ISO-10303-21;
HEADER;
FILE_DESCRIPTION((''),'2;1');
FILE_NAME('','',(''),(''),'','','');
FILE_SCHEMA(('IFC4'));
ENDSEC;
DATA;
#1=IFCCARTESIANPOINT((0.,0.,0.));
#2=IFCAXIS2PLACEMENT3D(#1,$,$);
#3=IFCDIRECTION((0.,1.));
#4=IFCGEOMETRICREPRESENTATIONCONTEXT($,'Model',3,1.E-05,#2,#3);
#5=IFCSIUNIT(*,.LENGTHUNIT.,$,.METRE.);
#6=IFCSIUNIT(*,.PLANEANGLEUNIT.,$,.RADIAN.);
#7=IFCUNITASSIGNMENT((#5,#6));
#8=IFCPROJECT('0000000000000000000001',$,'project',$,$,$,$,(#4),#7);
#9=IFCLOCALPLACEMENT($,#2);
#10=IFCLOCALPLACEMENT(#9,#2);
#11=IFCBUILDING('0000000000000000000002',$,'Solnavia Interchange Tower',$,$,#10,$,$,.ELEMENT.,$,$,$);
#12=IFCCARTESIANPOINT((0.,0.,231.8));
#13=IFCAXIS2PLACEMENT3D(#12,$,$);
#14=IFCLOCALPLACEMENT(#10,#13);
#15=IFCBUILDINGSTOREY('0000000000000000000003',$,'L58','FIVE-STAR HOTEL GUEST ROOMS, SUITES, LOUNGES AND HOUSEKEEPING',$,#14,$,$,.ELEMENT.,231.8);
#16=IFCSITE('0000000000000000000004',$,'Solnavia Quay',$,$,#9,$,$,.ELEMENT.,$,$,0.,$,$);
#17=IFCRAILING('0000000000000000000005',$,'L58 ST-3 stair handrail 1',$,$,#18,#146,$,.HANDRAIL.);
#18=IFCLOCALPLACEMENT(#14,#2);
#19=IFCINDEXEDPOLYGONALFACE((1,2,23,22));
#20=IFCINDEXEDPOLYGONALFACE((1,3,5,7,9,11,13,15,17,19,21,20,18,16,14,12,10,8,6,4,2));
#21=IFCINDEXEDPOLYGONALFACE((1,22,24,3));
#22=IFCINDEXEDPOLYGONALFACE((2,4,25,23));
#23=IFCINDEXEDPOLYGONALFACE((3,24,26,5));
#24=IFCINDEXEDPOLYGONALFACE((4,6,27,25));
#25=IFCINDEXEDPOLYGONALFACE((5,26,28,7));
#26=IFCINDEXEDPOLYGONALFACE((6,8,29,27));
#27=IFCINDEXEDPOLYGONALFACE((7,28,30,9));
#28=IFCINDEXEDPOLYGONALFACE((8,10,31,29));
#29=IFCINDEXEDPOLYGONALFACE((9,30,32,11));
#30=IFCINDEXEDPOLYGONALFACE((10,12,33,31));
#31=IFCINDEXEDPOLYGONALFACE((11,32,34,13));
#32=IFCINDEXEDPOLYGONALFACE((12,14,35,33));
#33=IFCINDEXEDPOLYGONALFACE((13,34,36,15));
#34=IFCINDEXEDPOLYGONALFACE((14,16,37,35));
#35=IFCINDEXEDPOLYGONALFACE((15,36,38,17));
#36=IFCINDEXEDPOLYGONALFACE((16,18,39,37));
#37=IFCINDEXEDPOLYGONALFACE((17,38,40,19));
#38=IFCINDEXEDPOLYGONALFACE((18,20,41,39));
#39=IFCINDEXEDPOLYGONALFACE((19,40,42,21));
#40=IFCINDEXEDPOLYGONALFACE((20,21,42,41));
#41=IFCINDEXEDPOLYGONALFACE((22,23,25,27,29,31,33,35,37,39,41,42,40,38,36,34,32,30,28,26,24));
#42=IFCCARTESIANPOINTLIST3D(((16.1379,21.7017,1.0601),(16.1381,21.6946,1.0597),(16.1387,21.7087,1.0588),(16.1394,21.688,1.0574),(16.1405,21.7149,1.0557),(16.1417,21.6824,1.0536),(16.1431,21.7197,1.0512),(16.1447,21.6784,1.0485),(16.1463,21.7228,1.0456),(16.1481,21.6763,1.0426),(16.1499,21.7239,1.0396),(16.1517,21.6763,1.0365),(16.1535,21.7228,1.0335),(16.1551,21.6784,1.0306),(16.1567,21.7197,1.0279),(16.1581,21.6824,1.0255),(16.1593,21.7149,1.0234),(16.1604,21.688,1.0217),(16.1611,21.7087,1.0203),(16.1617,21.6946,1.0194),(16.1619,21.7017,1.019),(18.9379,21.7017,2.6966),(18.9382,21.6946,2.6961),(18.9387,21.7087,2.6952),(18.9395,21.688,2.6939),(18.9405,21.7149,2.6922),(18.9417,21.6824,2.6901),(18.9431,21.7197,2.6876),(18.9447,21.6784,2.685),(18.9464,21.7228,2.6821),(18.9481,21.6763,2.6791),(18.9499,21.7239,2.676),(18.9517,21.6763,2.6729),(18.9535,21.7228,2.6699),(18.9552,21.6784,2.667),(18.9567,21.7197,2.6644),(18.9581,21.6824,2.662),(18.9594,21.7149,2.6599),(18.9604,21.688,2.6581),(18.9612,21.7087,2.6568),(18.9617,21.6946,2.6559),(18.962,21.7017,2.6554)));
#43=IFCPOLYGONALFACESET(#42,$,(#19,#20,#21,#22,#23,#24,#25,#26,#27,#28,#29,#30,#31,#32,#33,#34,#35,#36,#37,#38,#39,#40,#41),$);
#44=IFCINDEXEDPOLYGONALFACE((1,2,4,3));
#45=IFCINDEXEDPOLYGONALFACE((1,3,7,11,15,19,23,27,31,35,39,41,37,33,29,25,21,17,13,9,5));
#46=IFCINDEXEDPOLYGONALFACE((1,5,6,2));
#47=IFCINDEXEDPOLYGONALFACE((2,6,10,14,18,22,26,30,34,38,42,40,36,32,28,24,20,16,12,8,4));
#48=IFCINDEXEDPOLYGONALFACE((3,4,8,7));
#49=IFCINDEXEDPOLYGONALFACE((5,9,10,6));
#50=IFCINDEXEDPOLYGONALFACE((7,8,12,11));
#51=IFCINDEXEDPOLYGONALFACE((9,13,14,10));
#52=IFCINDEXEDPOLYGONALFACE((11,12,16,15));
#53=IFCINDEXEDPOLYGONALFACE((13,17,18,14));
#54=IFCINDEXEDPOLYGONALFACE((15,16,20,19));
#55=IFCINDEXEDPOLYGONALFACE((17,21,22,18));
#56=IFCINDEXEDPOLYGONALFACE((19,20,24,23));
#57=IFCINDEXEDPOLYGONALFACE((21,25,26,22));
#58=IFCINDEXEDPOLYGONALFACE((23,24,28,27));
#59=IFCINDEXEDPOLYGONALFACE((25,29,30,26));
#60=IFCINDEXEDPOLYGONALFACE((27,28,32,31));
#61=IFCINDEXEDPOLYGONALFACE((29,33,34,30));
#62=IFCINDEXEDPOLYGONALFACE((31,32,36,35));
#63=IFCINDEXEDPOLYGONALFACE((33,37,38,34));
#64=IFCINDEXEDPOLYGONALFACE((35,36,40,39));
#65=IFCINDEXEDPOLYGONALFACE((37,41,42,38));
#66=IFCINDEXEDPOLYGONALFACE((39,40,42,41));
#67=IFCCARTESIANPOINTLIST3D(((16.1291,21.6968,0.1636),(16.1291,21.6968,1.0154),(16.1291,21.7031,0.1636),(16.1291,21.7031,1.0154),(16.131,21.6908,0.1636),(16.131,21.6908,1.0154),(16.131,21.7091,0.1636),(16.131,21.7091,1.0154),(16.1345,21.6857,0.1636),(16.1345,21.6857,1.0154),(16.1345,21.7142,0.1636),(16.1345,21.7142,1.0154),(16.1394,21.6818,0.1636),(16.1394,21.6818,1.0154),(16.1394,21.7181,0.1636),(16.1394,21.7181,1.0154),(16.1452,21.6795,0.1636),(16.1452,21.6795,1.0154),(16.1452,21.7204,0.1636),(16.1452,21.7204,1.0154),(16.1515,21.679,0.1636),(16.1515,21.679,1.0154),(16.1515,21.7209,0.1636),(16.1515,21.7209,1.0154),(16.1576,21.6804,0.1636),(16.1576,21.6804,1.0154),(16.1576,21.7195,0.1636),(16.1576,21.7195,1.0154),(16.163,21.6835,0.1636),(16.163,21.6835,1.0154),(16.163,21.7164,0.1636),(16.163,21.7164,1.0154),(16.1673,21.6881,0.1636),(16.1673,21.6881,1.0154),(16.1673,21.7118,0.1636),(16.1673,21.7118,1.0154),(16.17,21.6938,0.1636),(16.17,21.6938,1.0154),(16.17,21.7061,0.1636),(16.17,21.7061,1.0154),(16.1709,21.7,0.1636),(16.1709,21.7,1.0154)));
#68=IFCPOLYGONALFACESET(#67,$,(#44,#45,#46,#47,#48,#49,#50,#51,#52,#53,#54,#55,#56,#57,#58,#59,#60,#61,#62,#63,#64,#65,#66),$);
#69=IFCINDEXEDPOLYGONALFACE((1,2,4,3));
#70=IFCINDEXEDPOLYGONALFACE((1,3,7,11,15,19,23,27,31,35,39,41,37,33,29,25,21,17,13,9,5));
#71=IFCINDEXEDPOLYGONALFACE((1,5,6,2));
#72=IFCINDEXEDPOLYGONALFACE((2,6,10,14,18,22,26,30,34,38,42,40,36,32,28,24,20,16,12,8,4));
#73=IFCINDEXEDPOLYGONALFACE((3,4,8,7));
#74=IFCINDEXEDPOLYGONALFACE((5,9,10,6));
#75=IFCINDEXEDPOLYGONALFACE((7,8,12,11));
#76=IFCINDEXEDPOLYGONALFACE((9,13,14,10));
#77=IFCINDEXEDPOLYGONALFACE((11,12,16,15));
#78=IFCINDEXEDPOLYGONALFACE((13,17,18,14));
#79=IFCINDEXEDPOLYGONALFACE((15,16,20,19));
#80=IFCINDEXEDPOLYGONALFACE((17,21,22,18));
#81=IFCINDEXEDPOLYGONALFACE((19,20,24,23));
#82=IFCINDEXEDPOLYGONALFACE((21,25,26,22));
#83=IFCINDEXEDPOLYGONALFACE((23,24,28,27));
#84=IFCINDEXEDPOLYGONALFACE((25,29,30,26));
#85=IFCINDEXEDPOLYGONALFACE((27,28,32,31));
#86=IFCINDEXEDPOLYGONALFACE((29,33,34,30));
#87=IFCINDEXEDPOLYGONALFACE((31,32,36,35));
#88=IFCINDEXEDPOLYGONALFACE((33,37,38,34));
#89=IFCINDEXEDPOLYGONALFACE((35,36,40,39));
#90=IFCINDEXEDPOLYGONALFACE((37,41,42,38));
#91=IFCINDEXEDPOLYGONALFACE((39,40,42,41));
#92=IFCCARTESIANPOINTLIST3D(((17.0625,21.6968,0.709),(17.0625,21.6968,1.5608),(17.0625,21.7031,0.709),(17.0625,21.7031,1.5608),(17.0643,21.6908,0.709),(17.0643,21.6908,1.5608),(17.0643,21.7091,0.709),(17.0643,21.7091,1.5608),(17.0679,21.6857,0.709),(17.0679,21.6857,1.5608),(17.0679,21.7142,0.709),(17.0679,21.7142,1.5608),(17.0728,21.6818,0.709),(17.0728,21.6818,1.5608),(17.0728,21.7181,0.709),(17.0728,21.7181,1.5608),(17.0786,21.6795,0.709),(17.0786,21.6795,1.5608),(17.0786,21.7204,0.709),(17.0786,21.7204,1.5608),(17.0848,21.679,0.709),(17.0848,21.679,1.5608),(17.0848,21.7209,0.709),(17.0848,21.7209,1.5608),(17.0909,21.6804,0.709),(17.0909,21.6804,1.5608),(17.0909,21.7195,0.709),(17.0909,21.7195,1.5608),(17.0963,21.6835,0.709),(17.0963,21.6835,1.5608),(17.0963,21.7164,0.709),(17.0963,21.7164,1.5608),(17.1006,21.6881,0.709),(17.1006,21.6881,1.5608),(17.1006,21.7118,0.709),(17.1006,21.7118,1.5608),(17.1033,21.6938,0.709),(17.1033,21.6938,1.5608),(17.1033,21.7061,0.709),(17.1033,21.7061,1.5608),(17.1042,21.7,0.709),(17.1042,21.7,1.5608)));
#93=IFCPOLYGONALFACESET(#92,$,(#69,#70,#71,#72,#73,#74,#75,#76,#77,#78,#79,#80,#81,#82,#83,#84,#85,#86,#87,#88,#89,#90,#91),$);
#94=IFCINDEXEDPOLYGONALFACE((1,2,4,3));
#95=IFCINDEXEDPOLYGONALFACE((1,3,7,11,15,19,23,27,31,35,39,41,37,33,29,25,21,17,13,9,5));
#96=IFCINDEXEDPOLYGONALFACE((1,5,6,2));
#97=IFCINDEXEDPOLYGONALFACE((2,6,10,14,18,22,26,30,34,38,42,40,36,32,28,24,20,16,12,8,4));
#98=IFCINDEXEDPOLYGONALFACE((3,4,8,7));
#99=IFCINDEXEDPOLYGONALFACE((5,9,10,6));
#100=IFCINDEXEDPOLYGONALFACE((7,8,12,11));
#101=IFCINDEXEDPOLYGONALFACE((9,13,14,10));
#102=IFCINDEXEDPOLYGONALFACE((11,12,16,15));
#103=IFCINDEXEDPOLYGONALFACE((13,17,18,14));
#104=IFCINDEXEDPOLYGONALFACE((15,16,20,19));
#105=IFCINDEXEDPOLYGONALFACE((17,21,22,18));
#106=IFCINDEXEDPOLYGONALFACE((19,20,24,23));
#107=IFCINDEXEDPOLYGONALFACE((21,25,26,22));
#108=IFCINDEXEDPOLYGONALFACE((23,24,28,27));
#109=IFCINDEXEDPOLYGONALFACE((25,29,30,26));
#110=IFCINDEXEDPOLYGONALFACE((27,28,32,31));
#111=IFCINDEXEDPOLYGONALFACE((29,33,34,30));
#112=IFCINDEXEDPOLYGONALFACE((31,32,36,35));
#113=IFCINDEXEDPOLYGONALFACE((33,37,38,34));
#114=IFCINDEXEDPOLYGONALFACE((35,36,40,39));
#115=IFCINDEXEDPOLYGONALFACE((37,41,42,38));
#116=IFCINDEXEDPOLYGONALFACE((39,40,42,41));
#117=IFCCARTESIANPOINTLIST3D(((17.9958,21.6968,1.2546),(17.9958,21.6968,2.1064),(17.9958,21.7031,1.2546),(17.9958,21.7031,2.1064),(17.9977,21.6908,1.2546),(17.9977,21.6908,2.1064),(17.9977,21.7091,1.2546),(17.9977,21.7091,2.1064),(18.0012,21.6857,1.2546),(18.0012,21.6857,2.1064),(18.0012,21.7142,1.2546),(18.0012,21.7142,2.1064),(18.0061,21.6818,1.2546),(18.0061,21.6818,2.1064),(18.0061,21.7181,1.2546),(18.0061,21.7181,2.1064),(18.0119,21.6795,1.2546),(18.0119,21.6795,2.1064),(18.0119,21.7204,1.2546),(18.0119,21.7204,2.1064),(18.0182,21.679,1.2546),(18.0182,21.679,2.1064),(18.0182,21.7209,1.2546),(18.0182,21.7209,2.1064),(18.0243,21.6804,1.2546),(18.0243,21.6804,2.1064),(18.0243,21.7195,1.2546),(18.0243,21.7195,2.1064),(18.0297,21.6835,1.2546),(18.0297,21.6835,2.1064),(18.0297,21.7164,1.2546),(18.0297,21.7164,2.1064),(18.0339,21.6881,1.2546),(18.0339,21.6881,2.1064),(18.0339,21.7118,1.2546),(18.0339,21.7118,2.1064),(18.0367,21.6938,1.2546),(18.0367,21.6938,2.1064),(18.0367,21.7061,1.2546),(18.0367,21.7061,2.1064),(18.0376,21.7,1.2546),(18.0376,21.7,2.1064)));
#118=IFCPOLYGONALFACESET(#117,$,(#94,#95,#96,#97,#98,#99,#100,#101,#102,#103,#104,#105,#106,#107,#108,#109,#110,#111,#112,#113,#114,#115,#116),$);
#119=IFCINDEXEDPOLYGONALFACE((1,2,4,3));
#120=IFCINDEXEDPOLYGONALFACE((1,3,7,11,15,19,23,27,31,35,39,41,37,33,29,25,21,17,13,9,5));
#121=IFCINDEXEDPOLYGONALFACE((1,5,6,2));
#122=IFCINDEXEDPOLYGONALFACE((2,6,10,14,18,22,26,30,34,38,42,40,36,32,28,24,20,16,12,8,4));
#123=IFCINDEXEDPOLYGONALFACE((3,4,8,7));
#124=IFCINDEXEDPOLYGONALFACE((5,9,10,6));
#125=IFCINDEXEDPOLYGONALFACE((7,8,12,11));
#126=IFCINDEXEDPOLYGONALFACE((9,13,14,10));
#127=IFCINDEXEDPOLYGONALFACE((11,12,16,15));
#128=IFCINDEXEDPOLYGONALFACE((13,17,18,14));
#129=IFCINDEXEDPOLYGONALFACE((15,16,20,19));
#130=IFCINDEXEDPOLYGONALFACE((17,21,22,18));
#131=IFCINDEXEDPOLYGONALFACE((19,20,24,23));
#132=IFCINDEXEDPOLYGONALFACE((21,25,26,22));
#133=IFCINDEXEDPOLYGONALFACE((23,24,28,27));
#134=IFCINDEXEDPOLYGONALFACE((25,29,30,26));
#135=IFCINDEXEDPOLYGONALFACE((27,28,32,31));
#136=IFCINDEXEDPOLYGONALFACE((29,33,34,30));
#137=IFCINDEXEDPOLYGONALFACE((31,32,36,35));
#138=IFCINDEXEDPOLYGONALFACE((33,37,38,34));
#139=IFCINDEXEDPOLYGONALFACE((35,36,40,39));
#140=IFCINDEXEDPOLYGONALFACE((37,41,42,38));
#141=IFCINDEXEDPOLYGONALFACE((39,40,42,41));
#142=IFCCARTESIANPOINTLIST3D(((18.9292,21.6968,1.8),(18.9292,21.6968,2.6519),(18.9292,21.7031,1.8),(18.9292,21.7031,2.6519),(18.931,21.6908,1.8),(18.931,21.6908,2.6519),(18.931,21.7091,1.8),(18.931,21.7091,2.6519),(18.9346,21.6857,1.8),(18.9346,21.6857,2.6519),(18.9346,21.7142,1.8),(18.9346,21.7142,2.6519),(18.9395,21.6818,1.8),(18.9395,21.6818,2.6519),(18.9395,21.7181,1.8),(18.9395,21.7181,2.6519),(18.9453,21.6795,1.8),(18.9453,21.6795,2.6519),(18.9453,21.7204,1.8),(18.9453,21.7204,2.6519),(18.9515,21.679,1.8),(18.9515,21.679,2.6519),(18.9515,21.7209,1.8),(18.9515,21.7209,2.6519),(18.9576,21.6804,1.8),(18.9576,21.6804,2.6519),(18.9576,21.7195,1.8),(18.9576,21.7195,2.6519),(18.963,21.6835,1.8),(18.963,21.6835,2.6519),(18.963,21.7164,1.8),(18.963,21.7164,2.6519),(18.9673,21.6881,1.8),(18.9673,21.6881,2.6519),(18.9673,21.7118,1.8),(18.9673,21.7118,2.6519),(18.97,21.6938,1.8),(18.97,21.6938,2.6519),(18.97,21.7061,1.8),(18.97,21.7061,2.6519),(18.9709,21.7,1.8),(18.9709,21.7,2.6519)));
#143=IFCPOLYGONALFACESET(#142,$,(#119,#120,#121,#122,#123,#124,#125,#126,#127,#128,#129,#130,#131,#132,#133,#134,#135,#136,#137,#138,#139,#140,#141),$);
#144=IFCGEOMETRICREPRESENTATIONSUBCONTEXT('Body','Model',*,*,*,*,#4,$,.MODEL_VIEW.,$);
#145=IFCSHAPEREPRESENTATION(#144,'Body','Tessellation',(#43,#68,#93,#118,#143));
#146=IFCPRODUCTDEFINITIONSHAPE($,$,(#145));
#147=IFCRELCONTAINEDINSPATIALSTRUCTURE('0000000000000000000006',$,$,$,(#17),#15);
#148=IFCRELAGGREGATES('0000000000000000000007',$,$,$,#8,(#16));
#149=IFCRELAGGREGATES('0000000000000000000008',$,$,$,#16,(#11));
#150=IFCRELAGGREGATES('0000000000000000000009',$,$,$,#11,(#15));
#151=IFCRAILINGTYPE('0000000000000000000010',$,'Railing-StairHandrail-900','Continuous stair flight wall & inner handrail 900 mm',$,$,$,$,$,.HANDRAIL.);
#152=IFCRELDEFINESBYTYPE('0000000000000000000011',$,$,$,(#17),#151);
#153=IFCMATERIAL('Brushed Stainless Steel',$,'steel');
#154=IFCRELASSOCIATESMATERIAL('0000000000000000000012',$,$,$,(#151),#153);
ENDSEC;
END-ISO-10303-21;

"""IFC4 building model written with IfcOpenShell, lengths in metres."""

from ifc_helpers import new_model, si_unit, direction, frame, origin, origin_2d, place, context, subcontext, project, spatial, circle, extrude, material, type_object, element, save


model = new_model("IFC4")

# Units and contexts
model_context = context("Model", 3, precision=1e-05, world=origin(), true_north=direction((0.0, 1.0)))
body_context = subcontext(model_context, "Body", "Model", "MODEL_VIEW")
ifc_project = project(units=[si_unit("LENGTHUNIT", "METRE"), si_unit("PLANEANGLEUNIT", "RADIAN")], contexts=[model_context])

# Site, building, storey
site_placement = place(None, origin())
site = spatial("IfcSite", under=ifc_project, at=site_placement, Name="Solnavia Quay", CompositionType="ELEMENT", RefElevation=0.0)
building_placement = place(site_placement, origin())
building = spatial("IfcBuilding", under=site, at=building_placement, Name="Solnavia Interchange Tower", CompositionType="ELEMENT")
storey_placement = place(building_placement, frame((0.0, 0.0, 231.8)))
storey = spatial("IfcBuildingStorey", under=building, at=storey_placement, Name="L58", Description="FIVE-STAR HOTEL GUEST ROOMS, SUITES, LOUNGES AND HOUSEKEEPING", CompositionType="ELEMENT", Elevation=231.8)

# Railing
ifc_material_1 = material(Name="Brushed Stainless Steel", Category="steel")
railing_type_1 = type_object("IfcRailingType", Name="Railing-StairHandrail-900", Description="Continuous stair flight wall & inner handrail 900 mm", PredefinedType="HANDRAIL", material=ifc_material_1)
railing_1_placement = place(storey_placement, frame((16.1499, 21.7, 0.1636)))
element("IfcRailing", 1, at=railing_1_placement, inside=storey, type_object=railing_type_1, Name="L58 ST-3 stair handrail 1", PredefinedType="HANDRAIL", context=body_context, shape_type="SweptSolid", body=[
    extrude(circle(Radius=0.0239, at=origin_2d()), frame((0.0, 0.0, 0.876), z_axis=(0.863361, 0.0, 0.504587), x_axis=(0.0, 1.0, 0.0)), (0.0, 0.0, 1.0), 3.2432),
    extrude(circle(Radius=0.021, at=origin_2d()), origin(), (0.0, 0.0, 1.0), 0.8518),
    extrude(circle(Radius=0.021, at=origin_2d()), frame((0.9333, 0.0, 0.5454)), (0.0, 0.0, 1.0), 0.8518),
    extrude(circle(Radius=0.021, at=origin_2d()), frame((1.8667, 0.0, 1.0911)), (0.0, 0.0, 1.0), 0.8518),
    extrude(circle(Radius=0.021, at=origin_2d()), frame((2.8, 0.0, 1.6365)), (0.0, 0.0, 1.0), 0.8518),
])

save(model, "model.ifc")
